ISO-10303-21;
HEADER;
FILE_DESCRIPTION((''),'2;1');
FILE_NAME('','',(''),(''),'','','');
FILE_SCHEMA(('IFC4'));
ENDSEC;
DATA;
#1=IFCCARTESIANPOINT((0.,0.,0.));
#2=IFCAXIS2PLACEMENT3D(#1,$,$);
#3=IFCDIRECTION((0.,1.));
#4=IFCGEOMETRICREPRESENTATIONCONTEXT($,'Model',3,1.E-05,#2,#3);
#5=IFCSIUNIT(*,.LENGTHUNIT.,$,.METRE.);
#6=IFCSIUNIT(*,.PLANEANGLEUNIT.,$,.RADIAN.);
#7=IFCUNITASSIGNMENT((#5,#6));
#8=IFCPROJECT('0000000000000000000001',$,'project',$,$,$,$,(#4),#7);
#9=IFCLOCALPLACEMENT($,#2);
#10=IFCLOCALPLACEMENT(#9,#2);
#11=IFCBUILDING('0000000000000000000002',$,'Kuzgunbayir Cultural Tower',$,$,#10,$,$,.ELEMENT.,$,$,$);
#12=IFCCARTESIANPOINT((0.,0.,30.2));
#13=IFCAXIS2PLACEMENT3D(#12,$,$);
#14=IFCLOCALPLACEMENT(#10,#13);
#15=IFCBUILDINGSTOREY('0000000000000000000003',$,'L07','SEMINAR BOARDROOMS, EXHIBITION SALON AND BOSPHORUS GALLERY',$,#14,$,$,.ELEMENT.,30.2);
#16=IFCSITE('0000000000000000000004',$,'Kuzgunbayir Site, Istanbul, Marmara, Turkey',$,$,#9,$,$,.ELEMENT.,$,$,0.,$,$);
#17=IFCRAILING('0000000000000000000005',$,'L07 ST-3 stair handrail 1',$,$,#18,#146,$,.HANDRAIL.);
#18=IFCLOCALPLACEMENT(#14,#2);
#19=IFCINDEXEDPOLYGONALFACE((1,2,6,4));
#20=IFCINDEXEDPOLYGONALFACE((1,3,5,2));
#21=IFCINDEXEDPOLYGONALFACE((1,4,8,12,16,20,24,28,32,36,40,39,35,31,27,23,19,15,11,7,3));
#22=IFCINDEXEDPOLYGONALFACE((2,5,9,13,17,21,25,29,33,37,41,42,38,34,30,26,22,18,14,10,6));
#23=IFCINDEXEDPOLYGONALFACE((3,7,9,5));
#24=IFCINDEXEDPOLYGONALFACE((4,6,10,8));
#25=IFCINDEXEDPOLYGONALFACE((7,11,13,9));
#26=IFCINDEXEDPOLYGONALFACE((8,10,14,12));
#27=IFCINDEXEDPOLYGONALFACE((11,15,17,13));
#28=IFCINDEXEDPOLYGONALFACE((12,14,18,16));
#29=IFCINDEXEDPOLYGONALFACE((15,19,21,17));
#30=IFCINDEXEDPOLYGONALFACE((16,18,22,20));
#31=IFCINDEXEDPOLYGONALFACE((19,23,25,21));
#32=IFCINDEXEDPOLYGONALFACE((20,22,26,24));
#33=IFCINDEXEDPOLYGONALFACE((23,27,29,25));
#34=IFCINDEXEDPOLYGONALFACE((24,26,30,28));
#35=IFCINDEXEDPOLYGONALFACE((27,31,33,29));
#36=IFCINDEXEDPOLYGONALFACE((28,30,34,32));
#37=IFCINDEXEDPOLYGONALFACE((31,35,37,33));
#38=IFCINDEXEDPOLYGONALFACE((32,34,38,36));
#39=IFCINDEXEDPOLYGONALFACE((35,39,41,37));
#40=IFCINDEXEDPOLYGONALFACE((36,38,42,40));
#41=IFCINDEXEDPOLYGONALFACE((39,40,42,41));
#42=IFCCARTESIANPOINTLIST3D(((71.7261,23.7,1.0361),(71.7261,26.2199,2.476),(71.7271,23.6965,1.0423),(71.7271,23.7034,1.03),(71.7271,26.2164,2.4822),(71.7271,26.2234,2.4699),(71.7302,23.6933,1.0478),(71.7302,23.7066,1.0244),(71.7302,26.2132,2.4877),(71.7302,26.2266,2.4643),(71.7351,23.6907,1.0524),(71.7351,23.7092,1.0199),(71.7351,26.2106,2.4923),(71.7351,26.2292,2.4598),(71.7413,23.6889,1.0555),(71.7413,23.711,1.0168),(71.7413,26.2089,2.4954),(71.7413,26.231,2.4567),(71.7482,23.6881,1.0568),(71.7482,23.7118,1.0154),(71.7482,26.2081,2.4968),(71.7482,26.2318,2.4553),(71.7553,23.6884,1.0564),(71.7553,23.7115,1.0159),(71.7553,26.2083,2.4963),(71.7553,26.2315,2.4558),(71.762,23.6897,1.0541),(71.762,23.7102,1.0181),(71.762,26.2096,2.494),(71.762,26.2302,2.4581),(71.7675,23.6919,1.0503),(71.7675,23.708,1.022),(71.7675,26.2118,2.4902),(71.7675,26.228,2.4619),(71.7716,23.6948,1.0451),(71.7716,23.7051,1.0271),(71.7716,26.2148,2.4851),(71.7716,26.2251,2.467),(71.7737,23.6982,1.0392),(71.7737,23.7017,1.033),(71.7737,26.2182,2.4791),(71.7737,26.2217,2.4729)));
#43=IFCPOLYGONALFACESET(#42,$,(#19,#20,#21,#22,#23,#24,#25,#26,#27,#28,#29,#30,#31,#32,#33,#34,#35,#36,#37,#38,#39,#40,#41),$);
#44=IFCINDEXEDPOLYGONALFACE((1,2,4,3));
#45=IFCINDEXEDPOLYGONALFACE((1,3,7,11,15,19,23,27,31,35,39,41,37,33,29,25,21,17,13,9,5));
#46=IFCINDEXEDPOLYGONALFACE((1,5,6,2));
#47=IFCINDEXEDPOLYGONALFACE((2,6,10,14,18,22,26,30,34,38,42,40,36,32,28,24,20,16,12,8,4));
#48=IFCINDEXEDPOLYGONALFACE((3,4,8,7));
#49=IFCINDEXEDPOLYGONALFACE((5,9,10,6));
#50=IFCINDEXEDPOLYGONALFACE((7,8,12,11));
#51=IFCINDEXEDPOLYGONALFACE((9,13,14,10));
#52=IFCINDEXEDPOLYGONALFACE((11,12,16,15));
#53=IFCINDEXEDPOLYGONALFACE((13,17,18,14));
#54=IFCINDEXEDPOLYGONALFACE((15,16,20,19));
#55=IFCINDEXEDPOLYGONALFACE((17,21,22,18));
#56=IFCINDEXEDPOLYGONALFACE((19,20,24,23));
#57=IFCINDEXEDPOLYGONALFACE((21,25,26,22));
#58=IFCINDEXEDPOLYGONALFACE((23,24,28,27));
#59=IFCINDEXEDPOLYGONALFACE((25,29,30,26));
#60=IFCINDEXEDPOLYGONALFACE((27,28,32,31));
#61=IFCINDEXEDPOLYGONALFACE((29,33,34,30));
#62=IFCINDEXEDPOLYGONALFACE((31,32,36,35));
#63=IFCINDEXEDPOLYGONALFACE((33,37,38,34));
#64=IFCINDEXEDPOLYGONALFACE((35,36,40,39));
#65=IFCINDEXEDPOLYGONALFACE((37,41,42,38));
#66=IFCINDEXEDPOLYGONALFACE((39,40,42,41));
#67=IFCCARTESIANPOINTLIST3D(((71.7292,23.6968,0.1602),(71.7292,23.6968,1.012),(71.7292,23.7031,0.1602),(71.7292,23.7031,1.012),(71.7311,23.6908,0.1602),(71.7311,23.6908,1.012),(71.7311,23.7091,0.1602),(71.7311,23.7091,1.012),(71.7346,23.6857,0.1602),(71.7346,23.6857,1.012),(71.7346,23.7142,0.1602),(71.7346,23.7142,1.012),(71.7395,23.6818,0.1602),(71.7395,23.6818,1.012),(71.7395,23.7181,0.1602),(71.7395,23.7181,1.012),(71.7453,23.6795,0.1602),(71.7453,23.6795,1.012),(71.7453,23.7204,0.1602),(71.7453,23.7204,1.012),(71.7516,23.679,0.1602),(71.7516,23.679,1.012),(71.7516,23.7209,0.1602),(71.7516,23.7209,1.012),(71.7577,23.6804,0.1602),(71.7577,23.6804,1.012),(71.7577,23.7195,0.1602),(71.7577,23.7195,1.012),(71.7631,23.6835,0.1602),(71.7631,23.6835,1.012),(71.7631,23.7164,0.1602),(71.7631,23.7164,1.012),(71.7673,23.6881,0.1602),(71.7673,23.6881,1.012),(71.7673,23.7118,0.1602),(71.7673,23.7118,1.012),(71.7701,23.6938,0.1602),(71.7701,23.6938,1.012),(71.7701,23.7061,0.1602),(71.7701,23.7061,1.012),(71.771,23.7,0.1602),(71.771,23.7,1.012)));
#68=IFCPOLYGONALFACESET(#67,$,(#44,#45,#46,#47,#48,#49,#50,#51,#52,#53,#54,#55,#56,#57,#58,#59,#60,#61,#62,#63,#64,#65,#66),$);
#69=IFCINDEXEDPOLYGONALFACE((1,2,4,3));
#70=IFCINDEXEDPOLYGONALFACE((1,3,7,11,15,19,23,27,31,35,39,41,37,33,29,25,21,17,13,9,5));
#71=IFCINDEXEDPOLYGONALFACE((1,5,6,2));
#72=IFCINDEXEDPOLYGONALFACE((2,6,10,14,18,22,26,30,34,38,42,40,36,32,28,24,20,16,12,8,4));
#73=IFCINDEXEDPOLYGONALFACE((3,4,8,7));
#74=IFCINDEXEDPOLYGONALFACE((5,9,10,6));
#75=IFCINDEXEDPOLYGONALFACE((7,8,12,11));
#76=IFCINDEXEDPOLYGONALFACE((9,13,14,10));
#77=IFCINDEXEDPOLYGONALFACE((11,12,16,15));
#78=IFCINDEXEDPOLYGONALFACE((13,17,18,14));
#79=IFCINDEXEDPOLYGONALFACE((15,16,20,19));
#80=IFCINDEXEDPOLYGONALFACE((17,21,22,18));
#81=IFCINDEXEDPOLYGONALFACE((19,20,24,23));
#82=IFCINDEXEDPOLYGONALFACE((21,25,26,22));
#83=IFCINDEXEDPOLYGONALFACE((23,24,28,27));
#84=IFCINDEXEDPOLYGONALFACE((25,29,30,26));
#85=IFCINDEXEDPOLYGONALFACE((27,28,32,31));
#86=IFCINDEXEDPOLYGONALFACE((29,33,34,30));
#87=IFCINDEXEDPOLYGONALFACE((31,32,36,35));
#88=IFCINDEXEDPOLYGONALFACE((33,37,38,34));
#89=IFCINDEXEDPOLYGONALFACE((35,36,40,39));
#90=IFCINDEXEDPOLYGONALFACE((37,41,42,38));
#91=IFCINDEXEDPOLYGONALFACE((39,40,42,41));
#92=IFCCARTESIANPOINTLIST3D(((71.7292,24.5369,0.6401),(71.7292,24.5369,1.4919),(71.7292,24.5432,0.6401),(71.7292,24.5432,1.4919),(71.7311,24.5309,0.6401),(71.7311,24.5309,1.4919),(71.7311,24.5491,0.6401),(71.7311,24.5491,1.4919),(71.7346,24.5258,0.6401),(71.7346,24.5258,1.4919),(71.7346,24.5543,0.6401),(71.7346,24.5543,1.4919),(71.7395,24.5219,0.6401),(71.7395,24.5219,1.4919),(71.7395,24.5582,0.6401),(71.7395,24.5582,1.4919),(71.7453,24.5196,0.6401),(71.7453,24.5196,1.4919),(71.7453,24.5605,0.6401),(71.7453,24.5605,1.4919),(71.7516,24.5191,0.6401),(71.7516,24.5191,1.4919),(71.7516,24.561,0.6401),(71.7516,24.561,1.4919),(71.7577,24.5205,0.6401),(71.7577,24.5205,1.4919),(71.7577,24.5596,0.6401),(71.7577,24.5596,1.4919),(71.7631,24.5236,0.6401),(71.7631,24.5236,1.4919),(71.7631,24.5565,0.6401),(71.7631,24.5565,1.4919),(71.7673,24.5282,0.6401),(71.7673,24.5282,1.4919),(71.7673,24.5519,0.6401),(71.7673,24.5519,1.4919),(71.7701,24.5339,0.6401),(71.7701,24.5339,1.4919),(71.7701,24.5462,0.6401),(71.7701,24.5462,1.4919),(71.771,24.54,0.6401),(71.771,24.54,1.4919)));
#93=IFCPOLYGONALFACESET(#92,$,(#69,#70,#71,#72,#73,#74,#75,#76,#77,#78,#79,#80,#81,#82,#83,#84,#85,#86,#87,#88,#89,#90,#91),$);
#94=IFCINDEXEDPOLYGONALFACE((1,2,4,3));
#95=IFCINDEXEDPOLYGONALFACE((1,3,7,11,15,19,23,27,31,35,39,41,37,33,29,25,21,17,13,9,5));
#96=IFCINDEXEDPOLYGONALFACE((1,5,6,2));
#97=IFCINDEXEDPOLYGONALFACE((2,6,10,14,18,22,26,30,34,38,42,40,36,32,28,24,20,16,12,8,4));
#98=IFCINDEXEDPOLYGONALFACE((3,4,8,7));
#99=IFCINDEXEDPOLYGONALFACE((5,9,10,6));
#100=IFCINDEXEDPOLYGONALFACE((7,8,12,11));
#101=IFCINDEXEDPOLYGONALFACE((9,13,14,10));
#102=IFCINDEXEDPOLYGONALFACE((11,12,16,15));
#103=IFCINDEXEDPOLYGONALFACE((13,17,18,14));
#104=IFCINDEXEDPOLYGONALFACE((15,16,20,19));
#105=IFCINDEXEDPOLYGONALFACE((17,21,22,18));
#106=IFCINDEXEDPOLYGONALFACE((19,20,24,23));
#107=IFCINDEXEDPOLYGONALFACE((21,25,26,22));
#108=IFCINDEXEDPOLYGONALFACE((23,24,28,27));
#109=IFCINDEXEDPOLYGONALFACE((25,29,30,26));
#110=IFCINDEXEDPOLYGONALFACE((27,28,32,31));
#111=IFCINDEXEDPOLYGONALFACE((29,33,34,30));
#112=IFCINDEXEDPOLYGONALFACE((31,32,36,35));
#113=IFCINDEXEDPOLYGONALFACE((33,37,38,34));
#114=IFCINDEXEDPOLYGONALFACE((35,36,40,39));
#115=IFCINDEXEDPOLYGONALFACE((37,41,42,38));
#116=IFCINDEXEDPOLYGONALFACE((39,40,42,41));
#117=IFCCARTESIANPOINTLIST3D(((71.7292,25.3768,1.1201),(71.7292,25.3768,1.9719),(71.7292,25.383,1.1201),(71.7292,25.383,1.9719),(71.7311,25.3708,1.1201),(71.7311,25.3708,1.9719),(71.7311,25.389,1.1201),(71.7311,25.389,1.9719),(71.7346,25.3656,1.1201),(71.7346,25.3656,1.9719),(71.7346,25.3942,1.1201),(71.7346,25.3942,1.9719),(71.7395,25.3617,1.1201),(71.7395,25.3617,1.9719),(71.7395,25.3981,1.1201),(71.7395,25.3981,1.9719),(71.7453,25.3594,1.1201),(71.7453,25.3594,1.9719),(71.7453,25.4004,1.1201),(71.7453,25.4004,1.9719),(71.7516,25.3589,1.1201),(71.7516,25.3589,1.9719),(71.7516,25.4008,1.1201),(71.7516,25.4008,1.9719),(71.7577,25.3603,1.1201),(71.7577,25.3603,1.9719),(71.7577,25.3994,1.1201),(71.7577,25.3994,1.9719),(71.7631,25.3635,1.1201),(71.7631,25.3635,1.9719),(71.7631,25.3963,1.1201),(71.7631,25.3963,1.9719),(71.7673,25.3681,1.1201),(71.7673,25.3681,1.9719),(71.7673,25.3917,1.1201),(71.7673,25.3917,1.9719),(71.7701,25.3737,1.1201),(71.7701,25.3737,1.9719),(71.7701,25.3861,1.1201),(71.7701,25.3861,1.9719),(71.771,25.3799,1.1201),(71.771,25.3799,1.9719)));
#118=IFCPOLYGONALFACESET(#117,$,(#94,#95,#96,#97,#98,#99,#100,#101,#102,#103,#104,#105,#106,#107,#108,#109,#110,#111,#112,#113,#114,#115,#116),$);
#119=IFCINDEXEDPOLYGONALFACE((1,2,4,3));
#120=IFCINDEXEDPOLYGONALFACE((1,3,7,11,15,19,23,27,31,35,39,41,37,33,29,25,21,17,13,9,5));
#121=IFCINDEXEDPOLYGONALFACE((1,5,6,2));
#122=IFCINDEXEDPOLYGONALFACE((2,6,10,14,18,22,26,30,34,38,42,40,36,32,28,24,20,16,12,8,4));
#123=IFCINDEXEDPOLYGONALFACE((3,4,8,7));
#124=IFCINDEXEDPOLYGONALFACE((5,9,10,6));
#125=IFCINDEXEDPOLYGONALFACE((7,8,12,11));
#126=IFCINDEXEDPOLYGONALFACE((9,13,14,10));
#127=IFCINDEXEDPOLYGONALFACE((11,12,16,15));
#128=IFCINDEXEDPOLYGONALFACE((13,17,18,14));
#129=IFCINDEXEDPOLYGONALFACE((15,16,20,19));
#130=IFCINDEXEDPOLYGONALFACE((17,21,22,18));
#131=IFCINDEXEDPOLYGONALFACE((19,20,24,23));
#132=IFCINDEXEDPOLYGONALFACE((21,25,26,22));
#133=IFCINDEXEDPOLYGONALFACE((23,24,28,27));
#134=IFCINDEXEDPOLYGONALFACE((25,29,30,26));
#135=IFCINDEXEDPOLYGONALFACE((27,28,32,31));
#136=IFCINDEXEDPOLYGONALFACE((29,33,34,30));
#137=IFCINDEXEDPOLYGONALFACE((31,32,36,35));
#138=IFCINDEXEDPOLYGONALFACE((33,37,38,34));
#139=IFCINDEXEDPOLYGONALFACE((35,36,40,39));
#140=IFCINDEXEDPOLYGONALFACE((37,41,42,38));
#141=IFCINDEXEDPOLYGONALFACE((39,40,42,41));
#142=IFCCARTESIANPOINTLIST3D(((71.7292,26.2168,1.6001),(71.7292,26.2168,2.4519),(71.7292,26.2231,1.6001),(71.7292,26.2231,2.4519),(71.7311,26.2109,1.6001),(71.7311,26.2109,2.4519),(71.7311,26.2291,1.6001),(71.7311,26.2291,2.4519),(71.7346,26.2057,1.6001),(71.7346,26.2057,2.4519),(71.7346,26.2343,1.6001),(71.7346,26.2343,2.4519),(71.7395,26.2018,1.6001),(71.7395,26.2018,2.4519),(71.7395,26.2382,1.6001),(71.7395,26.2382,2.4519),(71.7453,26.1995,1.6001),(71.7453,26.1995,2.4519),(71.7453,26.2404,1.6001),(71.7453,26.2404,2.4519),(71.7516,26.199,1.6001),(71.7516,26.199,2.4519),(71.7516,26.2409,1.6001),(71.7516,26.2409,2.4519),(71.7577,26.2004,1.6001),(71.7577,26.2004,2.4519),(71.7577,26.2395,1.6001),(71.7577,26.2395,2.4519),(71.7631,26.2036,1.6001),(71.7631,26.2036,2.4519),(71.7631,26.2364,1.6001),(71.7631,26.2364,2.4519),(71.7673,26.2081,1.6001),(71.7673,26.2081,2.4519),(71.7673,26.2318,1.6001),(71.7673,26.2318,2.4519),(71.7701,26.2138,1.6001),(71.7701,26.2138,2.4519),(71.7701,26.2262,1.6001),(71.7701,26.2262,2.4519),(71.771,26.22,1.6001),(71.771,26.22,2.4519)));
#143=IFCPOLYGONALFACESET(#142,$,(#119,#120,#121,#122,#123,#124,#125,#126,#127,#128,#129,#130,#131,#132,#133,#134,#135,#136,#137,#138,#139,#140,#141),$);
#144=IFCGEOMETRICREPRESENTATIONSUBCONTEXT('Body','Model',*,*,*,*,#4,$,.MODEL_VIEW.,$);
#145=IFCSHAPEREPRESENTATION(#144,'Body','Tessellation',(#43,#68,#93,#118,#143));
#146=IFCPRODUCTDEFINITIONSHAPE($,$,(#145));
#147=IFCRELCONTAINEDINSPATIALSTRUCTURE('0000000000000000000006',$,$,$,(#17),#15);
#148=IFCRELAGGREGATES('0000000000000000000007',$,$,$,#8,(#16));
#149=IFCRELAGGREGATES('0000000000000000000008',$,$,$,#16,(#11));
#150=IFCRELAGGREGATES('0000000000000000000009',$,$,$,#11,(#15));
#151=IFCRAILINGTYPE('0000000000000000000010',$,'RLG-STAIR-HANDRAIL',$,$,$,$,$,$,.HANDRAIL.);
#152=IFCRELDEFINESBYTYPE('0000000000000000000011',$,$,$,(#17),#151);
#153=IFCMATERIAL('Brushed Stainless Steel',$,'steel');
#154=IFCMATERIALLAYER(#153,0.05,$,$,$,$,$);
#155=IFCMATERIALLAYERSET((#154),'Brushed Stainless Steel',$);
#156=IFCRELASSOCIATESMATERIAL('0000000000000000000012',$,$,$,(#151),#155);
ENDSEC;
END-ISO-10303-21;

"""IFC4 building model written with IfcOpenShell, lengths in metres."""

from ifc_helpers import new_model, si_unit, direction, frame, origin, origin_2d, place, context, subcontext, project, spatial, circle, extrude, material, layer, layer_set, type_object, element, save


model = new_model("IFC4")

# Units and contexts
model_context = context("Model", 3, precision=1e-05, world=origin(), true_north=direction((0.0, 1.0)))
body_context = subcontext(model_context, "Body", "Model", "MODEL_VIEW")
ifc_project = project(units=[si_unit("LENGTHUNIT", "METRE"), si_unit("PLANEANGLEUNIT", "RADIAN")], contexts=[model_context])

# Site, building, storey
site_placement = place(None, origin())
site = spatial("IfcSite", under=ifc_project, at=site_placement, Name="Kuzgunbayir Site, Istanbul, Marmara, Turkey", CompositionType="ELEMENT", RefElevation=0.0)
building_placement = place(site_placement, origin())
building = spatial("IfcBuilding", under=site, at=building_placement, Name="Kuzgunbayir Cultural Tower", CompositionType="ELEMENT")
storey_placement = place(building_placement, frame((0.0, 0.0, 30.2)))
storey = spatial("IfcBuildingStorey", under=building, at=storey_placement, Name="L07", Description="SEMINAR BOARDROOMS, EXHIBITION SALON AND BOSPHORUS GALLERY", CompositionType="ELEMENT", Elevation=30.2)

# Railing
ifc_material_1 = material(Name="Brushed Stainless Steel", Category="steel")
ifc_layer_1 = layer(ifc_material_1, 0.05)
ifc_layer_set_1 = layer_set([ifc_layer_1], Name="Brushed Stainless Steel")
railing_type_1 = type_object("IfcRailingType", Name="RLG-STAIR-HANDRAIL", PredefinedType="HANDRAIL", material=ifc_layer_set_1)
railing_1_placement = place(storey_placement, frame((71.75, 23.7, 0.1602)))
element("IfcRailing", 1, at=railing_1_placement, inside=storey, type_object=railing_type_1, Name="L07 ST-3 stair handrail 1", PredefinedType="HANDRAIL", context=body_context, shape_type="SweptSolid", body=[
    extrude(circle(Radius=0.0239, at=origin_2d()), frame((0.0, 0.0, 0.876), z_axis=(0.0, 0.868253, 0.496121), x_axis=(-1.0, 0.0, 0.0)), (0.0, 0.0, 1.0), 2.9023),
    extrude(circle(Radius=0.021, at=origin_2d()), origin(), (0.0, 0.0, 1.0), 0.8518),
    extrude(circle(Radius=0.021, at=origin_2d()), frame((0.0, 0.8401, 0.48)), (0.0, 0.0, 1.0), 0.8518),
    extrude(circle(Radius=0.021, at=origin_2d()), frame((0.0, 1.6799, 0.96)), (0.0, 0.0, 1.0), 0.8518),
    extrude(circle(Radius=0.021, at=origin_2d()), frame((0.0, 2.52, 1.4399)), (0.0, 0.0, 1.0), 0.8518),
])

save(model, "model.ifc")
